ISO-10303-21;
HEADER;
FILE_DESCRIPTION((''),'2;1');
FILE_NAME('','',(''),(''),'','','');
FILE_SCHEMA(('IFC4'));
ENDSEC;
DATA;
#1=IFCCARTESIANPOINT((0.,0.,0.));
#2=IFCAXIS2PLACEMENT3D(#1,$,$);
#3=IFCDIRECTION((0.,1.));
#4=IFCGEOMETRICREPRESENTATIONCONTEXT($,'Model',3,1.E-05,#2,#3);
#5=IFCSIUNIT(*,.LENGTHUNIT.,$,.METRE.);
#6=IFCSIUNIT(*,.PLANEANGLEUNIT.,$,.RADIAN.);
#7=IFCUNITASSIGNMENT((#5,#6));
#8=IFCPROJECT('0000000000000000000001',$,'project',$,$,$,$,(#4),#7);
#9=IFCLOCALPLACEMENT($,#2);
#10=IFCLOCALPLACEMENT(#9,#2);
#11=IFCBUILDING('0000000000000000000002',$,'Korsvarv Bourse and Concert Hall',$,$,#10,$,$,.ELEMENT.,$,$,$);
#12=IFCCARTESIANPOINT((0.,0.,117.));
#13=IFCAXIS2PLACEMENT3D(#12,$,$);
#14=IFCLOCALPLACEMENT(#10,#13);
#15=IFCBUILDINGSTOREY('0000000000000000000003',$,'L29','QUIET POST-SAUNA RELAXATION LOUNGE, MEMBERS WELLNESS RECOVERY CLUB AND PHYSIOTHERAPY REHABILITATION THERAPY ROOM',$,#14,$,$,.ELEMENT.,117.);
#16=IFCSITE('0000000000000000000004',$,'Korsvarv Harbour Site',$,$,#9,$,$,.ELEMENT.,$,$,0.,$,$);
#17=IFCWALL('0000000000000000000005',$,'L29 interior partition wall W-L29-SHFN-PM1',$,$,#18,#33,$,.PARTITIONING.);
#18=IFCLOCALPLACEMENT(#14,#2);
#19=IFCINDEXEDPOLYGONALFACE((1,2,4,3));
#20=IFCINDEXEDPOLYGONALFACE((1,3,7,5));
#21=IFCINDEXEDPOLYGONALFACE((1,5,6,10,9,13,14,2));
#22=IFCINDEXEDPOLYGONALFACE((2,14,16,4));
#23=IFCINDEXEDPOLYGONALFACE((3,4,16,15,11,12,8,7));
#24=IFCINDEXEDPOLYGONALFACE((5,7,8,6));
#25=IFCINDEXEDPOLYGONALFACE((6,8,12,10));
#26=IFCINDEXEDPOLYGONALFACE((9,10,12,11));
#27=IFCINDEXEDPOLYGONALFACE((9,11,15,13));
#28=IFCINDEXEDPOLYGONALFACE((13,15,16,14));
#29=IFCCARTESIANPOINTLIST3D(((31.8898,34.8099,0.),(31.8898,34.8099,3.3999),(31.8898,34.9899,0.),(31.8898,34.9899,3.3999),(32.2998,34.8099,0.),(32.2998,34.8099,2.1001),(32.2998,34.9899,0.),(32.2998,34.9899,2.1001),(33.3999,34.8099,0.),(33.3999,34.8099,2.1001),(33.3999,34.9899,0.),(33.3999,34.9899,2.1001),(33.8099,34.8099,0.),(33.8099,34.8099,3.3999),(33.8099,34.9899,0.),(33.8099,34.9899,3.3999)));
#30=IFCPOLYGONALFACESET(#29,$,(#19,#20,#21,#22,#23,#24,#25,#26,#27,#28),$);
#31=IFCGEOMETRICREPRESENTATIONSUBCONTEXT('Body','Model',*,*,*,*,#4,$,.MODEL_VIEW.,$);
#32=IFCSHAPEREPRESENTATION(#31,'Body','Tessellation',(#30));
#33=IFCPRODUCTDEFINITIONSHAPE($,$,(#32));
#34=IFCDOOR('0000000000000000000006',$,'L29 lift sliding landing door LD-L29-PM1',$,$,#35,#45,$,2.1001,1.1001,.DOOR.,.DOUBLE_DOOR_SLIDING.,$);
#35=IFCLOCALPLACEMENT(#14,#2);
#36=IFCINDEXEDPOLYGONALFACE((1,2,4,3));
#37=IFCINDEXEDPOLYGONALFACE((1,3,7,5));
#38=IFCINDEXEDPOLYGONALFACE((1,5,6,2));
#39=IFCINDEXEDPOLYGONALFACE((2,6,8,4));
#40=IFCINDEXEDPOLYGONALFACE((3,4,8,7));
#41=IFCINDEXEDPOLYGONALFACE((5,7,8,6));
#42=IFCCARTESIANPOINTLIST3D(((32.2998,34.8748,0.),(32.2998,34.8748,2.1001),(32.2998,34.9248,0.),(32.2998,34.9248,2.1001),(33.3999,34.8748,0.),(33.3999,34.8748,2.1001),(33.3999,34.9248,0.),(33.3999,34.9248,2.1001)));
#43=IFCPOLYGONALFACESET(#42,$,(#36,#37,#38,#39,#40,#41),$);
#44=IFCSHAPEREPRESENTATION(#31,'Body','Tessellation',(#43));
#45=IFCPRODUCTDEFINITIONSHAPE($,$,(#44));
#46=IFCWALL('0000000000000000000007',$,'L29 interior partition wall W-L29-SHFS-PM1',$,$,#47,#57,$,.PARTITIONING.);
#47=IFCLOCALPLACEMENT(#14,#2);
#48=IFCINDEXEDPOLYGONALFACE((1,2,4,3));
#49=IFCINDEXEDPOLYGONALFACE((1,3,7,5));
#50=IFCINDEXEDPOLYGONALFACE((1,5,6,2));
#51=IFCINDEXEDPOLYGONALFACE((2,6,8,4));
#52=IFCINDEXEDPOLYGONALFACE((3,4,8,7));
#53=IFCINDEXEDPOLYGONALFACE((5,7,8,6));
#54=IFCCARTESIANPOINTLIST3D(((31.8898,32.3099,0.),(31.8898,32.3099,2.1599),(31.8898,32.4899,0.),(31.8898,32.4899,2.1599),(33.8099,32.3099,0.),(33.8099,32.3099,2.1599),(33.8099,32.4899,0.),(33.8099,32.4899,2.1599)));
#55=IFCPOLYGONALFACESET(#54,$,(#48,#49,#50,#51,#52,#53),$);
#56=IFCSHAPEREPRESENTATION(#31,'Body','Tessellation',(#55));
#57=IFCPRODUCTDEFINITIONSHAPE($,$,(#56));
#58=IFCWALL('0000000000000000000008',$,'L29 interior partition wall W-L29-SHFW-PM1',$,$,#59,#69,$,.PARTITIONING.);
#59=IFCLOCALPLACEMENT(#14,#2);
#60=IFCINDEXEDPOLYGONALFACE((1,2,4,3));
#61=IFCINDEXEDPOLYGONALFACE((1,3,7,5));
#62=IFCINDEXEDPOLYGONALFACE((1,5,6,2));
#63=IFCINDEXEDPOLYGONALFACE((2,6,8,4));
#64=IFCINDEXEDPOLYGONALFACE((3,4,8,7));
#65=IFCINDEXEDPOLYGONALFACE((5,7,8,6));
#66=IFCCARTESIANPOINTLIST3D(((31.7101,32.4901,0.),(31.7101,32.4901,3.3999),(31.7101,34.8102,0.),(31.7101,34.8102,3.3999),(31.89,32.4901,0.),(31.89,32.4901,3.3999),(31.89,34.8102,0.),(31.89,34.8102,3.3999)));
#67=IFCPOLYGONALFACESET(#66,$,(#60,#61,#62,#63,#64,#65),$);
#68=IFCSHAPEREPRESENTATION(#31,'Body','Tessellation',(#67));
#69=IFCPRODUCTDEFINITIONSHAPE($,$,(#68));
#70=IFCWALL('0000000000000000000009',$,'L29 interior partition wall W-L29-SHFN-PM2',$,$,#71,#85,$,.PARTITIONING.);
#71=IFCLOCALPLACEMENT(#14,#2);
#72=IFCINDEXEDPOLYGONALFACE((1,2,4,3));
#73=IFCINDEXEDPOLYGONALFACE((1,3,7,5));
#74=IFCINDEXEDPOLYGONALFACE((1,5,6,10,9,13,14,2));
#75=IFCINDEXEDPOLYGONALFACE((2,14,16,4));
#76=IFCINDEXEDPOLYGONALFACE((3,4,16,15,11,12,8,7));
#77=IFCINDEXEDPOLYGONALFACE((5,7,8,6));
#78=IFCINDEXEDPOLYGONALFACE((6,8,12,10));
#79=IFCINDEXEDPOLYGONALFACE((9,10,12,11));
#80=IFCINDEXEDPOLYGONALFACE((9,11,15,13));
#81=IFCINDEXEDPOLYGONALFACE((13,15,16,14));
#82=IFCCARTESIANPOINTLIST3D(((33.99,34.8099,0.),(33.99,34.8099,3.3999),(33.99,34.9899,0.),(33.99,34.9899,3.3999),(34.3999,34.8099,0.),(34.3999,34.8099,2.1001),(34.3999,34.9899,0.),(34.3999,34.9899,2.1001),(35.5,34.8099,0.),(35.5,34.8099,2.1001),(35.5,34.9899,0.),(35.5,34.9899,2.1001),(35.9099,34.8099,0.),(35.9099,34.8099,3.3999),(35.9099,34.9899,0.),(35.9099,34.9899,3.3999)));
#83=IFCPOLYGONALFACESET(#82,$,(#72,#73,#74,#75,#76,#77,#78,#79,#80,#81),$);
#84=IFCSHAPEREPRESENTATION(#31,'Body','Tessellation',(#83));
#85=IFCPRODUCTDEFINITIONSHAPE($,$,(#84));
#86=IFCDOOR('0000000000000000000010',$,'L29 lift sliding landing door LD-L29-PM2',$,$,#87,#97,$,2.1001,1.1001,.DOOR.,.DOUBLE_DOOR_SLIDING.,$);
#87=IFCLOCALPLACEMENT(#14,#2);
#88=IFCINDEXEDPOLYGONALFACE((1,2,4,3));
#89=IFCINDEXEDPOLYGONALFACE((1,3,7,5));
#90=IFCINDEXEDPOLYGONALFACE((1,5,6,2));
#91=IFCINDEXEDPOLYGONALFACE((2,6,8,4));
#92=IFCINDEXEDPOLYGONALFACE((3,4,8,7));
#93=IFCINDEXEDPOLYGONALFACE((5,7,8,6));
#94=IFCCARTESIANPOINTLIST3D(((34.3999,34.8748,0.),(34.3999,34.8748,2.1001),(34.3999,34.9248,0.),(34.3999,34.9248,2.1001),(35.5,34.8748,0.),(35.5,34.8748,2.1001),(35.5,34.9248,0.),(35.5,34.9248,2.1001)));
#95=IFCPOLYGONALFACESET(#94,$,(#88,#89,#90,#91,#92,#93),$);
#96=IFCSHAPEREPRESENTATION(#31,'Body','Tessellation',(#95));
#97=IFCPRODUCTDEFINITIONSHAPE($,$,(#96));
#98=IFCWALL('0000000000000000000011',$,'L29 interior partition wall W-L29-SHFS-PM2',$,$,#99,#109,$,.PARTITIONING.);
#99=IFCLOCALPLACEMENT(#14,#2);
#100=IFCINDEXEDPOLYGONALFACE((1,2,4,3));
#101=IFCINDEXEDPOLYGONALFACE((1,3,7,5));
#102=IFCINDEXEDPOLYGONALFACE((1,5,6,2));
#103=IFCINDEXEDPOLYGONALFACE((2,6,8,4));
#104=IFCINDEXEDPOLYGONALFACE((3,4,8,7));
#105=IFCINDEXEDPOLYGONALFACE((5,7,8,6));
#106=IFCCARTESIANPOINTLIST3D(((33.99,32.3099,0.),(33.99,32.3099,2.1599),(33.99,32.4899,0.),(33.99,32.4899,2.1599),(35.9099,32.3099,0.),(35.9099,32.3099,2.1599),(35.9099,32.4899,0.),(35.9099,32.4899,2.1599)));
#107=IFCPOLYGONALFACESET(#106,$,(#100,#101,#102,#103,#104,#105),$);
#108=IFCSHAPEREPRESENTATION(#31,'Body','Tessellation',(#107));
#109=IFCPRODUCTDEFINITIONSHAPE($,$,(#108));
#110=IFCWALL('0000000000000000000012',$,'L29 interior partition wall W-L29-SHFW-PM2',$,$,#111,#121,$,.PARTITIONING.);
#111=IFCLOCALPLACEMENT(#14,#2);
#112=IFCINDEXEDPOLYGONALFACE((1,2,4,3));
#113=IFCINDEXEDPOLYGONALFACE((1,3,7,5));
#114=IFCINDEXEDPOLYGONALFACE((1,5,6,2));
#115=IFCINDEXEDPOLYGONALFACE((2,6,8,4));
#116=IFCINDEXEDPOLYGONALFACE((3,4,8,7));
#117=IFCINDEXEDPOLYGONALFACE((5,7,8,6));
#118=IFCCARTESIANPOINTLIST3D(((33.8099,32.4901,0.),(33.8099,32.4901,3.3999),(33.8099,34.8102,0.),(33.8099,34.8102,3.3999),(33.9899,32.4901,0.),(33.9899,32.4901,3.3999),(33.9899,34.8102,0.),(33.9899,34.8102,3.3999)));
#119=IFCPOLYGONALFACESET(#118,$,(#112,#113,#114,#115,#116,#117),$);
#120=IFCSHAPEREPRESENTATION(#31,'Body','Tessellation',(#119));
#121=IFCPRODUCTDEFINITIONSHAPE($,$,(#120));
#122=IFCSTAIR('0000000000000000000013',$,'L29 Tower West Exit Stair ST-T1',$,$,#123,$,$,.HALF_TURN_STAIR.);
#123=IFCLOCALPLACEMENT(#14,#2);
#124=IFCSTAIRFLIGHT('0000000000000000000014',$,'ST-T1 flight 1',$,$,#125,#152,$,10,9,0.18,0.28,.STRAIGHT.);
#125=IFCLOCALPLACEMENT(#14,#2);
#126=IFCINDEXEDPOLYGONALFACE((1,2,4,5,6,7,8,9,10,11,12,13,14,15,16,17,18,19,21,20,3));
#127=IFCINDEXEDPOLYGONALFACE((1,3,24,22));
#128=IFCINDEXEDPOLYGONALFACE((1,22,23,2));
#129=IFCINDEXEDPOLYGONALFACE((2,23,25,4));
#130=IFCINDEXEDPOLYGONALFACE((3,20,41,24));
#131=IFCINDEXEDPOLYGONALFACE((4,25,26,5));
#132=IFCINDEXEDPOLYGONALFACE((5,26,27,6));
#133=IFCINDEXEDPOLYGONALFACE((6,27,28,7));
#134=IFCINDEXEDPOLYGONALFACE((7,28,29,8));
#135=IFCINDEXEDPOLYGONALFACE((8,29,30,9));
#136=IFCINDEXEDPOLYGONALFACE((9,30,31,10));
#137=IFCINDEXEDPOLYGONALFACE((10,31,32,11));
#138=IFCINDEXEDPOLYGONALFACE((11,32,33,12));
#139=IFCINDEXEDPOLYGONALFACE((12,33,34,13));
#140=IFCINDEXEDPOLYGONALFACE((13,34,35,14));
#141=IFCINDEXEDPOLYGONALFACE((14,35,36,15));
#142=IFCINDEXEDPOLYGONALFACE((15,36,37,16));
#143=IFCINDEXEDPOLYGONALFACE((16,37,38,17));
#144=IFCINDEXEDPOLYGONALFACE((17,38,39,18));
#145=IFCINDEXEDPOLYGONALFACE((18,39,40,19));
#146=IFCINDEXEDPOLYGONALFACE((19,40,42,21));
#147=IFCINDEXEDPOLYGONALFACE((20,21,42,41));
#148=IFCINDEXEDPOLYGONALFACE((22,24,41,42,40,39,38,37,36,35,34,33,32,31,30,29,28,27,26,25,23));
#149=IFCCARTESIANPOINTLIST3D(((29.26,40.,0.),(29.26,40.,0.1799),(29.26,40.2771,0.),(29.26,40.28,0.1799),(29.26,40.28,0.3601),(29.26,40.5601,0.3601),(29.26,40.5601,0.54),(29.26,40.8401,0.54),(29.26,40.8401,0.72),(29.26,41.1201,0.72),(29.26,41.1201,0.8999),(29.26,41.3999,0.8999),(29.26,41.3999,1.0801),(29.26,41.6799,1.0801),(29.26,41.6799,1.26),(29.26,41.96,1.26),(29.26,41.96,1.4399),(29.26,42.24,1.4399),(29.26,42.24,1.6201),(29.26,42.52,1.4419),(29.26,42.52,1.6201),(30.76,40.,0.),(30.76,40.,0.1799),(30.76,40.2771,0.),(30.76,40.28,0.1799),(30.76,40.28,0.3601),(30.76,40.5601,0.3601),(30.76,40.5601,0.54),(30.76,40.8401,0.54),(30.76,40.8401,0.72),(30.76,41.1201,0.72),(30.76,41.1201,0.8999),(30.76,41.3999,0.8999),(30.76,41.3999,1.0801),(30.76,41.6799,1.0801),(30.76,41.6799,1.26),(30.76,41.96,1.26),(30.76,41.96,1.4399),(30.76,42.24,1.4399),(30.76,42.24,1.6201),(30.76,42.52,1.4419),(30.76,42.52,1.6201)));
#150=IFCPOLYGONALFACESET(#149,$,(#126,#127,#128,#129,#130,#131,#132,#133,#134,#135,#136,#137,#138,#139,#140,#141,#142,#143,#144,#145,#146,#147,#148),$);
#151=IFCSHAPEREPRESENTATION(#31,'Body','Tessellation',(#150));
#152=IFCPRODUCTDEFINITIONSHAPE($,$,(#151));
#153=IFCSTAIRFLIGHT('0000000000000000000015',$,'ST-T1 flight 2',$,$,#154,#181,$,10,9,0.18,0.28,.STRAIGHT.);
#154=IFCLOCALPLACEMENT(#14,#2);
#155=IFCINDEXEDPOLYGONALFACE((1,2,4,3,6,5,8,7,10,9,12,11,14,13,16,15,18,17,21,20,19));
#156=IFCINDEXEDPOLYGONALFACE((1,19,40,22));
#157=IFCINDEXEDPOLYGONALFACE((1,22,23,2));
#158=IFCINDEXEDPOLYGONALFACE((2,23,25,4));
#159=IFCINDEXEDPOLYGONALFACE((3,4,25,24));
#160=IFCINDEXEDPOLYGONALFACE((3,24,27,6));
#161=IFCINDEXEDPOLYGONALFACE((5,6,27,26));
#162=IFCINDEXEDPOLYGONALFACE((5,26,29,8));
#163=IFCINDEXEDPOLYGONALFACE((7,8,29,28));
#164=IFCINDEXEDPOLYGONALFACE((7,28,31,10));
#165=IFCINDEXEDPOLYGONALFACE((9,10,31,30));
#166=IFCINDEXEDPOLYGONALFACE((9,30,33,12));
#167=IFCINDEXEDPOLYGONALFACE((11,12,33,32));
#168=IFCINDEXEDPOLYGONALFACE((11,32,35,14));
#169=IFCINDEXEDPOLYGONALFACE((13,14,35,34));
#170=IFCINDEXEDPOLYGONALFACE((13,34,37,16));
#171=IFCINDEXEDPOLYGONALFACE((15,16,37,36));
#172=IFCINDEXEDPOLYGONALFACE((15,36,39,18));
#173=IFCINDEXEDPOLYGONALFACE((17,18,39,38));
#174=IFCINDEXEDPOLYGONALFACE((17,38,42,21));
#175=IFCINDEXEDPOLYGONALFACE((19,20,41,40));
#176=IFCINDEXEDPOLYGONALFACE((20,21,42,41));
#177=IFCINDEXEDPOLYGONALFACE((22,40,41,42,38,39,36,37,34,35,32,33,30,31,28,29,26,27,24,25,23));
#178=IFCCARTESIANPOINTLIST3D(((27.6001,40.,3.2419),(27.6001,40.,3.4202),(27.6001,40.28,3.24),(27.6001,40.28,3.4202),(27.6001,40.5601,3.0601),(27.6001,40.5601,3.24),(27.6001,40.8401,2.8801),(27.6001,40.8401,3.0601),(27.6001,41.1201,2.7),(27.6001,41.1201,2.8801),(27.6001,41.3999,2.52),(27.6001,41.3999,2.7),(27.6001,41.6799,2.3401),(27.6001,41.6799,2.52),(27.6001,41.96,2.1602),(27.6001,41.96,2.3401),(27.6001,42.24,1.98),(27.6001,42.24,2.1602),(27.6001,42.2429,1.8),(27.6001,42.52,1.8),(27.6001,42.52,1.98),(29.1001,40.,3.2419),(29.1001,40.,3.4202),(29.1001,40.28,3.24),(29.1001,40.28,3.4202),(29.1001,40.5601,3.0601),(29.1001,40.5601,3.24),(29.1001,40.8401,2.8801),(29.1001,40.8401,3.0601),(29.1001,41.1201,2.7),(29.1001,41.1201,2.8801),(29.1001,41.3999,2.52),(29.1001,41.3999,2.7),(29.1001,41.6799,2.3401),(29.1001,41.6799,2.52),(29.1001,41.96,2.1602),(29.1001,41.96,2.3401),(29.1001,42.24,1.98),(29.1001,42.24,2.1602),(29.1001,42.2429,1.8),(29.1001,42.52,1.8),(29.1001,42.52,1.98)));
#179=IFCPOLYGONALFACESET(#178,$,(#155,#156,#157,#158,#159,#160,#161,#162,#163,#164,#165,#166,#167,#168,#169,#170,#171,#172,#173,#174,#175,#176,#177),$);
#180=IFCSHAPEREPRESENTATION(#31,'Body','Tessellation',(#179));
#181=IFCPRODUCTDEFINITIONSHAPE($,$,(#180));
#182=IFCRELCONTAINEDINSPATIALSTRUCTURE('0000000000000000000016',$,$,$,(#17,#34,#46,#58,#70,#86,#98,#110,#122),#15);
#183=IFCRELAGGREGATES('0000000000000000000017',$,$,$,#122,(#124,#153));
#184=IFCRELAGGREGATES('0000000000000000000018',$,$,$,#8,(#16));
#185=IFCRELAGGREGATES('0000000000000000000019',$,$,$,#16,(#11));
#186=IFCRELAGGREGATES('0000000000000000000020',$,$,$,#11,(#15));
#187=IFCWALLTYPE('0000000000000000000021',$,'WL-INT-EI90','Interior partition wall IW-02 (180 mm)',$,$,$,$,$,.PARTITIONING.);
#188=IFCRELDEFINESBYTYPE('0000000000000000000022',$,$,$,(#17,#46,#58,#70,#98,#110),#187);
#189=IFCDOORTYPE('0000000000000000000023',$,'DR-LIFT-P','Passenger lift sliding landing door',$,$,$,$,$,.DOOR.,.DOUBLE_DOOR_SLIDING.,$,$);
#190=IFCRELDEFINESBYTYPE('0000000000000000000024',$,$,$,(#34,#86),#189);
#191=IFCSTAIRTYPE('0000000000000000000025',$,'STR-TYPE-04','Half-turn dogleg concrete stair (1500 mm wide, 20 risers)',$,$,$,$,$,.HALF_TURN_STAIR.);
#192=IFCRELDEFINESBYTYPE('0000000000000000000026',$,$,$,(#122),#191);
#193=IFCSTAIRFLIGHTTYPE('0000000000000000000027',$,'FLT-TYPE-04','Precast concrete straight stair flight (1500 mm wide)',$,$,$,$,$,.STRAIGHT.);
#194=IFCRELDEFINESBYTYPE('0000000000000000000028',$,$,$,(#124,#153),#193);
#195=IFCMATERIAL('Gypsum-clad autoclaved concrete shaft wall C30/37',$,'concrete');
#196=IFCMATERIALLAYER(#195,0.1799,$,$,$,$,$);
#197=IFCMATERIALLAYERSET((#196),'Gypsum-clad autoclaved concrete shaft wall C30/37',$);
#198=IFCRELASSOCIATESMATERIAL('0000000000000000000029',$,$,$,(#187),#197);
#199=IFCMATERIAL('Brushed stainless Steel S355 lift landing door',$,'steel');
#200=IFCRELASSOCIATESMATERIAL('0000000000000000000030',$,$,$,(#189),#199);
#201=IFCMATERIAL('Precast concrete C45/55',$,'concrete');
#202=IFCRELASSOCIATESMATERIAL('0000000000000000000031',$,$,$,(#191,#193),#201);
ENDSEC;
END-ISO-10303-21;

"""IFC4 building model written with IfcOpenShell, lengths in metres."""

from ifc_helpers import new_model, si_unit, direction, frame, frame_2d, origin, place, context, subcontext, project, spatial, polyline, rectangle, outline, extrude, material, layer, layer_set, type_object, element, fill, aggregate, save


model = new_model("IFC4")

# Units and contexts
model_context = context("Model", 3, precision=1e-05, world=origin(), true_north=direction((0.0, 1.0)))
body_context = subcontext(model_context, "Body", "Model", "MODEL_VIEW")
ifc_project = project(units=[si_unit("LENGTHUNIT", "METRE"), si_unit("PLANEANGLEUNIT", "RADIAN")], contexts=[model_context])

# Site, building, storey
site_placement = place(None, origin())
site = spatial("IfcSite", under=ifc_project, at=site_placement, Name="Korsvarv Harbour Site", CompositionType="ELEMENT", RefElevation=0.0)
building_placement = place(site_placement, origin())
building = spatial("IfcBuilding", under=site, at=building_placement, Name="Korsvarv Bourse and Concert Hall", CompositionType="ELEMENT")
storey_placement = place(building_placement, frame((0.0, 0.0, 117.0)))
storey = spatial("IfcBuildingStorey", under=building, at=storey_placement, Name="L29", Description="QUIET POST-SAUNA RELAXATION LOUNGE, MEMBERS WELLNESS RECOVERY CLUB AND PHYSIOTHERAPY REHABILITATION THERAPY ROOM", CompositionType="ELEMENT", Elevation=117.0)

# Wall, opening, door
ifc_material_1 = material(Name="Gypsum-clad autoclaved concrete shaft wall C30/37", Category="concrete")
ifc_layer_1 = layer(ifc_material_1, 0.1799)
ifc_layer_set_1 = layer_set([ifc_layer_1], Name="Gypsum-clad autoclaved concrete shaft wall C30/37")
wall_type_1 = type_object("IfcWallType", Name="WL-INT-EI90", Description="Interior partition wall IW-02 (180 mm)", PredefinedType="PARTITIONING", material=ifc_layer_set_1)
wall_1_placement = place(storey_placement, frame((31.8899, 34.8999, 0.0), z_axis=(0.0, 0.0, 1.0), x_axis=(1.0, 0.0, 0.0)))
wall_1 = element("IfcWall", 1, at=wall_1_placement, inside=storey, type_object=wall_type_1, Name="L29 interior partition wall W-L29-SHFN-PM1", PredefinedType="PARTITIONING", context=body_context, shape_type="SweptSolid", body=[
    extrude(rectangle(XDim=1.9202, YDim=0.1799, at=frame_2d((0.96, 0.0))), origin(), (0.0, 0.0, 1.0), 3.3999),
])
opening_1_placement = place(wall_1_placement, frame((0.4099, 0.0, 0.0)))
opening_1 = element("IfcOpeningElement", 2, at=opening_1_placement, cuts=wall_1, PredefinedType="OPENING", context=body_context, shape_type="SweptSolid", body=[
    extrude(rectangle(XDim=1.1001, YDim=2.1001, at=frame_2d((0.55, 1.05))), frame((0.0, 0.1001, 0.0), z_axis=(0.0, -1.0, 0.0), x_axis=(1.0, 0.0, 0.0)), (0.0, 0.0, 1.0), 0.2),
])
ifc_material_2 = material(Name="Brushed stainless Steel S355 lift landing door", Category="steel")
door_type_1 = type_object("IfcDoorType", Name="DR-LIFT-P", Description="Passenger lift sliding landing door", OperationType="DOUBLE_DOOR_SLIDING", PredefinedType="DOOR", material=ifc_material_2)
door_1_placement = place(opening_1_placement, origin())
door_1 = element("IfcDoor", 3, at=door_1_placement, inside=storey, type_object=door_type_1, Name="L29 lift sliding landing door LD-L29-PM1", OperationType="DOUBLE_DOOR_SLIDING", OverallHeight=2.1001, OverallWidth=1.1001, PredefinedType="DOOR", context=body_context, shape_type="SweptSolid", body=[
    extrude(rectangle(XDim=1.1001, YDim=2.1001, at=frame_2d((0.55, 1.05))), frame((0.0, 0.0249, 0.0), z_axis=(0.0, -1.0, 0.0), x_axis=(1.0, 0.0, 0.0)), (0.0, 0.0, 1.0), 0.05),
])
fill(opening_1, door_1)

# Walls
wall_2_placement = place(storey_placement, frame((31.8899, 32.3999, 0.0), z_axis=(0.0, 0.0, 1.0), x_axis=(1.0, 0.0, 0.0)))
element("IfcWall", 4, at=wall_2_placement, inside=storey, type_object=wall_type_1, Name="L29 interior partition wall W-L29-SHFS-PM1", PredefinedType="PARTITIONING", context=body_context, shape_type="SweptSolid", body=[
    extrude(rectangle(XDim=1.9202, YDim=0.1799, at=frame_2d((0.96, 0.0))), origin(), (0.0, 0.0, 1.0), 2.1599),
])
wall_3_placement = place(storey_placement, frame((31.8, 32.49, 0.0), z_axis=(0.0, 0.0, 1.0), x_axis=(0.0, 1.0, 0.0)))
element("IfcWall", 5, at=wall_3_placement, inside=storey, type_object=wall_type_1, Name="L29 interior partition wall W-L29-SHFW-PM1", PredefinedType="PARTITIONING", context=body_context, shape_type="SweptSolid", body=[
    extrude(rectangle(XDim=2.3201, YDim=0.1799, at=frame_2d((1.1602, 0.0))), origin(), (0.0, 0.0, 1.0), 3.3999),
])

# Wall, opening, door
wall_4_placement = place(storey_placement, frame((33.99, 34.8999, 0.0), z_axis=(0.0, 0.0, 1.0), x_axis=(1.0, 0.0, 0.0)))
wall_4 = element("IfcWall", 6, at=wall_4_placement, inside=storey, type_object=wall_type_1, Name="L29 interior partition wall W-L29-SHFN-PM2", PredefinedType="PARTITIONING", context=body_context, shape_type="SweptSolid", body=[
    extrude(rectangle(XDim=1.9199, YDim=0.1799, at=frame_2d((0.96, 0.0))), origin(), (0.0, 0.0, 1.0), 3.3999),
])
opening_2_placement = place(wall_4_placement, frame((0.4099, 0.0, 0.0)))
opening_2 = element("IfcOpeningElement", 7, at=opening_2_placement, cuts=wall_4, PredefinedType="OPENING", context=body_context, shape_type="SweptSolid", body=[
    extrude(rectangle(XDim=1.1001, YDim=2.1001, at=frame_2d((0.55, 1.05))), frame((0.0, 0.1001, 0.0), z_axis=(0.0, -1.0, 0.0), x_axis=(1.0, 0.0, 0.0)), (0.0, 0.0, 1.0), 0.2),
])
door_2_placement = place(opening_2_placement, origin())
door_2 = element("IfcDoor", 8, at=door_2_placement, inside=storey, type_object=door_type_1, Name="L29 lift sliding landing door LD-L29-PM2", OperationType="DOUBLE_DOOR_SLIDING", OverallHeight=2.1001, OverallWidth=1.1001, PredefinedType="DOOR", context=body_context, shape_type="SweptSolid", body=[
    extrude(rectangle(XDim=1.1001, YDim=2.1001, at=frame_2d((0.55, 1.05))), frame((0.0, 0.0249, 0.0), z_axis=(0.0, -1.0, 0.0), x_axis=(1.0, 0.0, 0.0)), (0.0, 0.0, 1.0), 0.05),
])
fill(opening_2, door_2)

# Walls
wall_5_placement = place(storey_placement, frame((33.99, 32.3999, 0.0), z_axis=(0.0, 0.0, 1.0), x_axis=(1.0, 0.0, 0.0)))
element("IfcWall", 9, at=wall_5_placement, inside=storey, type_object=wall_type_1, Name="L29 interior partition wall W-L29-SHFS-PM2", PredefinedType="PARTITIONING", context=body_context, shape_type="SweptSolid", body=[
    extrude(rectangle(XDim=1.9199, YDim=0.1799, at=frame_2d((0.96, 0.0))), origin(), (0.0, 0.0, 1.0), 2.1599),
])
wall_6_placement = place(storey_placement, frame((33.8999, 32.49, 0.0), z_axis=(0.0, 0.0, 1.0), x_axis=(0.0, 1.0, 0.0)))
element("IfcWall", 10, at=wall_6_placement, inside=storey, type_object=wall_type_1, Name="L29 interior partition wall W-L29-SHFW-PM2", PredefinedType="PARTITIONING", context=body_context, shape_type="SweptSolid", body=[
    extrude(rectangle(XDim=2.3201, YDim=0.1799, at=frame_2d((1.1602, 0.0))), origin(), (0.0, 0.0, 1.0), 3.3999),
])

# Stair, stair flights
ifc_material_3 = material(Name="Precast concrete C45/55", Category="concrete")
stair_type = type_object("IfcStairType", Name="STR-TYPE-04", Description="Half-turn dogleg concrete stair (1500 mm wide, 20 risers)", PredefinedType="HALF_TURN_STAIR", material=ifc_material_3)
stair_placement = place(storey_placement, origin())
stair = element("IfcStair", 11, at=stair_placement, inside=storey, type_object=stair_type, Name="L29 Tower West Exit Stair ST-T1", PredefinedType="HALF_TURN_STAIR")
stair_flight_type = type_object("IfcStairFlightType", Name="FLT-TYPE-04", Description="Precast concrete straight stair flight (1500 mm wide)", PredefinedType="STRAIGHT", material=ifc_material_3)
stair_flight_1_placement = place(storey_placement, frame((30.01, 40.0, 0.0), z_axis=(0.0, 0.0, 1.0), x_axis=(0.0, 1.0, 0.0)))
stair_flight_1 = element("IfcStairFlight", 12, at=stair_flight_1_placement, type_object=stair_flight_type, Name="ST-T1 flight 1", NumberOfRisers=10, NumberOfTreads=9, PredefinedType="STRAIGHT", RiserHeight=0.18, TreadLength=0.28, context=body_context, shape_type="SweptSolid", body=[
    extrude(outline(polyline([(0.0, 0.0), (0.0, 0.1799), (0.28, 0.1799), (0.28, 0.3601), (0.5601, 0.3601), (0.5601, 0.54), (0.8401, 0.54), (0.8401, 0.72), (1.1201, 0.72), (1.1201, 0.8999), (1.3999, 0.8999), (1.3999, 1.0801), (1.6799, 1.0801), (1.6799, 1.26), (1.96, 1.26), (1.96, 1.4399), (2.24, 1.4399), (2.24, 1.6201), (2.52, 1.6201), (2.52, 1.8), (2.52, 1.4419), (0.2771, 0.0), (0.0, 0.0)])), frame((0.0, 0.75, 0.0), z_axis=(0.0, -1.0, 0.0), x_axis=(1.0, 0.0, 0.0)), (0.0, 0.0, 1.0), 1.5),
])
stair_flight_2_placement = place(storey_placement, frame((28.3501, 42.52, 1.8), z_axis=(0.0, 0.0, 1.0), x_axis=(0.0, -1.0, 0.0)))
stair_flight_2 = element("IfcStairFlight", 13, at=stair_flight_2_placement, type_object=stair_flight_type, Name="ST-T1 flight 2", NumberOfRisers=10, NumberOfTreads=9, PredefinedType="STRAIGHT", RiserHeight=0.18, TreadLength=0.28, context=body_context, shape_type="SweptSolid", body=[
    extrude(outline(polyline([(0.0, 0.0), (0.0, 0.1799), (0.28, 0.1799), (0.28, 0.3601), (0.5601, 0.3601), (0.5601, 0.54), (0.8401, 0.54), (0.8401, 0.72), (1.1201, 0.72), (1.1201, 0.8999), (1.3999, 0.8999), (1.3999, 1.0801), (1.6799, 1.0801), (1.6799, 1.26), (1.96, 1.26), (1.96, 1.4399), (2.24, 1.4399), (2.24, 1.6201), (2.52, 1.6201), (2.52, 1.8), (2.52, 1.4419), (0.2771, 0.0), (0.0, 0.0)])), frame((0.0, 0.75, 0.0), z_axis=(0.0, -1.0, 0.0), x_axis=(1.0, 0.0, 0.0)), (0.0, 0.0, 1.0), 1.5),
])
aggregate(stair, [stair_flight_1, stair_flight_2])

save(model, "model.ifc")
